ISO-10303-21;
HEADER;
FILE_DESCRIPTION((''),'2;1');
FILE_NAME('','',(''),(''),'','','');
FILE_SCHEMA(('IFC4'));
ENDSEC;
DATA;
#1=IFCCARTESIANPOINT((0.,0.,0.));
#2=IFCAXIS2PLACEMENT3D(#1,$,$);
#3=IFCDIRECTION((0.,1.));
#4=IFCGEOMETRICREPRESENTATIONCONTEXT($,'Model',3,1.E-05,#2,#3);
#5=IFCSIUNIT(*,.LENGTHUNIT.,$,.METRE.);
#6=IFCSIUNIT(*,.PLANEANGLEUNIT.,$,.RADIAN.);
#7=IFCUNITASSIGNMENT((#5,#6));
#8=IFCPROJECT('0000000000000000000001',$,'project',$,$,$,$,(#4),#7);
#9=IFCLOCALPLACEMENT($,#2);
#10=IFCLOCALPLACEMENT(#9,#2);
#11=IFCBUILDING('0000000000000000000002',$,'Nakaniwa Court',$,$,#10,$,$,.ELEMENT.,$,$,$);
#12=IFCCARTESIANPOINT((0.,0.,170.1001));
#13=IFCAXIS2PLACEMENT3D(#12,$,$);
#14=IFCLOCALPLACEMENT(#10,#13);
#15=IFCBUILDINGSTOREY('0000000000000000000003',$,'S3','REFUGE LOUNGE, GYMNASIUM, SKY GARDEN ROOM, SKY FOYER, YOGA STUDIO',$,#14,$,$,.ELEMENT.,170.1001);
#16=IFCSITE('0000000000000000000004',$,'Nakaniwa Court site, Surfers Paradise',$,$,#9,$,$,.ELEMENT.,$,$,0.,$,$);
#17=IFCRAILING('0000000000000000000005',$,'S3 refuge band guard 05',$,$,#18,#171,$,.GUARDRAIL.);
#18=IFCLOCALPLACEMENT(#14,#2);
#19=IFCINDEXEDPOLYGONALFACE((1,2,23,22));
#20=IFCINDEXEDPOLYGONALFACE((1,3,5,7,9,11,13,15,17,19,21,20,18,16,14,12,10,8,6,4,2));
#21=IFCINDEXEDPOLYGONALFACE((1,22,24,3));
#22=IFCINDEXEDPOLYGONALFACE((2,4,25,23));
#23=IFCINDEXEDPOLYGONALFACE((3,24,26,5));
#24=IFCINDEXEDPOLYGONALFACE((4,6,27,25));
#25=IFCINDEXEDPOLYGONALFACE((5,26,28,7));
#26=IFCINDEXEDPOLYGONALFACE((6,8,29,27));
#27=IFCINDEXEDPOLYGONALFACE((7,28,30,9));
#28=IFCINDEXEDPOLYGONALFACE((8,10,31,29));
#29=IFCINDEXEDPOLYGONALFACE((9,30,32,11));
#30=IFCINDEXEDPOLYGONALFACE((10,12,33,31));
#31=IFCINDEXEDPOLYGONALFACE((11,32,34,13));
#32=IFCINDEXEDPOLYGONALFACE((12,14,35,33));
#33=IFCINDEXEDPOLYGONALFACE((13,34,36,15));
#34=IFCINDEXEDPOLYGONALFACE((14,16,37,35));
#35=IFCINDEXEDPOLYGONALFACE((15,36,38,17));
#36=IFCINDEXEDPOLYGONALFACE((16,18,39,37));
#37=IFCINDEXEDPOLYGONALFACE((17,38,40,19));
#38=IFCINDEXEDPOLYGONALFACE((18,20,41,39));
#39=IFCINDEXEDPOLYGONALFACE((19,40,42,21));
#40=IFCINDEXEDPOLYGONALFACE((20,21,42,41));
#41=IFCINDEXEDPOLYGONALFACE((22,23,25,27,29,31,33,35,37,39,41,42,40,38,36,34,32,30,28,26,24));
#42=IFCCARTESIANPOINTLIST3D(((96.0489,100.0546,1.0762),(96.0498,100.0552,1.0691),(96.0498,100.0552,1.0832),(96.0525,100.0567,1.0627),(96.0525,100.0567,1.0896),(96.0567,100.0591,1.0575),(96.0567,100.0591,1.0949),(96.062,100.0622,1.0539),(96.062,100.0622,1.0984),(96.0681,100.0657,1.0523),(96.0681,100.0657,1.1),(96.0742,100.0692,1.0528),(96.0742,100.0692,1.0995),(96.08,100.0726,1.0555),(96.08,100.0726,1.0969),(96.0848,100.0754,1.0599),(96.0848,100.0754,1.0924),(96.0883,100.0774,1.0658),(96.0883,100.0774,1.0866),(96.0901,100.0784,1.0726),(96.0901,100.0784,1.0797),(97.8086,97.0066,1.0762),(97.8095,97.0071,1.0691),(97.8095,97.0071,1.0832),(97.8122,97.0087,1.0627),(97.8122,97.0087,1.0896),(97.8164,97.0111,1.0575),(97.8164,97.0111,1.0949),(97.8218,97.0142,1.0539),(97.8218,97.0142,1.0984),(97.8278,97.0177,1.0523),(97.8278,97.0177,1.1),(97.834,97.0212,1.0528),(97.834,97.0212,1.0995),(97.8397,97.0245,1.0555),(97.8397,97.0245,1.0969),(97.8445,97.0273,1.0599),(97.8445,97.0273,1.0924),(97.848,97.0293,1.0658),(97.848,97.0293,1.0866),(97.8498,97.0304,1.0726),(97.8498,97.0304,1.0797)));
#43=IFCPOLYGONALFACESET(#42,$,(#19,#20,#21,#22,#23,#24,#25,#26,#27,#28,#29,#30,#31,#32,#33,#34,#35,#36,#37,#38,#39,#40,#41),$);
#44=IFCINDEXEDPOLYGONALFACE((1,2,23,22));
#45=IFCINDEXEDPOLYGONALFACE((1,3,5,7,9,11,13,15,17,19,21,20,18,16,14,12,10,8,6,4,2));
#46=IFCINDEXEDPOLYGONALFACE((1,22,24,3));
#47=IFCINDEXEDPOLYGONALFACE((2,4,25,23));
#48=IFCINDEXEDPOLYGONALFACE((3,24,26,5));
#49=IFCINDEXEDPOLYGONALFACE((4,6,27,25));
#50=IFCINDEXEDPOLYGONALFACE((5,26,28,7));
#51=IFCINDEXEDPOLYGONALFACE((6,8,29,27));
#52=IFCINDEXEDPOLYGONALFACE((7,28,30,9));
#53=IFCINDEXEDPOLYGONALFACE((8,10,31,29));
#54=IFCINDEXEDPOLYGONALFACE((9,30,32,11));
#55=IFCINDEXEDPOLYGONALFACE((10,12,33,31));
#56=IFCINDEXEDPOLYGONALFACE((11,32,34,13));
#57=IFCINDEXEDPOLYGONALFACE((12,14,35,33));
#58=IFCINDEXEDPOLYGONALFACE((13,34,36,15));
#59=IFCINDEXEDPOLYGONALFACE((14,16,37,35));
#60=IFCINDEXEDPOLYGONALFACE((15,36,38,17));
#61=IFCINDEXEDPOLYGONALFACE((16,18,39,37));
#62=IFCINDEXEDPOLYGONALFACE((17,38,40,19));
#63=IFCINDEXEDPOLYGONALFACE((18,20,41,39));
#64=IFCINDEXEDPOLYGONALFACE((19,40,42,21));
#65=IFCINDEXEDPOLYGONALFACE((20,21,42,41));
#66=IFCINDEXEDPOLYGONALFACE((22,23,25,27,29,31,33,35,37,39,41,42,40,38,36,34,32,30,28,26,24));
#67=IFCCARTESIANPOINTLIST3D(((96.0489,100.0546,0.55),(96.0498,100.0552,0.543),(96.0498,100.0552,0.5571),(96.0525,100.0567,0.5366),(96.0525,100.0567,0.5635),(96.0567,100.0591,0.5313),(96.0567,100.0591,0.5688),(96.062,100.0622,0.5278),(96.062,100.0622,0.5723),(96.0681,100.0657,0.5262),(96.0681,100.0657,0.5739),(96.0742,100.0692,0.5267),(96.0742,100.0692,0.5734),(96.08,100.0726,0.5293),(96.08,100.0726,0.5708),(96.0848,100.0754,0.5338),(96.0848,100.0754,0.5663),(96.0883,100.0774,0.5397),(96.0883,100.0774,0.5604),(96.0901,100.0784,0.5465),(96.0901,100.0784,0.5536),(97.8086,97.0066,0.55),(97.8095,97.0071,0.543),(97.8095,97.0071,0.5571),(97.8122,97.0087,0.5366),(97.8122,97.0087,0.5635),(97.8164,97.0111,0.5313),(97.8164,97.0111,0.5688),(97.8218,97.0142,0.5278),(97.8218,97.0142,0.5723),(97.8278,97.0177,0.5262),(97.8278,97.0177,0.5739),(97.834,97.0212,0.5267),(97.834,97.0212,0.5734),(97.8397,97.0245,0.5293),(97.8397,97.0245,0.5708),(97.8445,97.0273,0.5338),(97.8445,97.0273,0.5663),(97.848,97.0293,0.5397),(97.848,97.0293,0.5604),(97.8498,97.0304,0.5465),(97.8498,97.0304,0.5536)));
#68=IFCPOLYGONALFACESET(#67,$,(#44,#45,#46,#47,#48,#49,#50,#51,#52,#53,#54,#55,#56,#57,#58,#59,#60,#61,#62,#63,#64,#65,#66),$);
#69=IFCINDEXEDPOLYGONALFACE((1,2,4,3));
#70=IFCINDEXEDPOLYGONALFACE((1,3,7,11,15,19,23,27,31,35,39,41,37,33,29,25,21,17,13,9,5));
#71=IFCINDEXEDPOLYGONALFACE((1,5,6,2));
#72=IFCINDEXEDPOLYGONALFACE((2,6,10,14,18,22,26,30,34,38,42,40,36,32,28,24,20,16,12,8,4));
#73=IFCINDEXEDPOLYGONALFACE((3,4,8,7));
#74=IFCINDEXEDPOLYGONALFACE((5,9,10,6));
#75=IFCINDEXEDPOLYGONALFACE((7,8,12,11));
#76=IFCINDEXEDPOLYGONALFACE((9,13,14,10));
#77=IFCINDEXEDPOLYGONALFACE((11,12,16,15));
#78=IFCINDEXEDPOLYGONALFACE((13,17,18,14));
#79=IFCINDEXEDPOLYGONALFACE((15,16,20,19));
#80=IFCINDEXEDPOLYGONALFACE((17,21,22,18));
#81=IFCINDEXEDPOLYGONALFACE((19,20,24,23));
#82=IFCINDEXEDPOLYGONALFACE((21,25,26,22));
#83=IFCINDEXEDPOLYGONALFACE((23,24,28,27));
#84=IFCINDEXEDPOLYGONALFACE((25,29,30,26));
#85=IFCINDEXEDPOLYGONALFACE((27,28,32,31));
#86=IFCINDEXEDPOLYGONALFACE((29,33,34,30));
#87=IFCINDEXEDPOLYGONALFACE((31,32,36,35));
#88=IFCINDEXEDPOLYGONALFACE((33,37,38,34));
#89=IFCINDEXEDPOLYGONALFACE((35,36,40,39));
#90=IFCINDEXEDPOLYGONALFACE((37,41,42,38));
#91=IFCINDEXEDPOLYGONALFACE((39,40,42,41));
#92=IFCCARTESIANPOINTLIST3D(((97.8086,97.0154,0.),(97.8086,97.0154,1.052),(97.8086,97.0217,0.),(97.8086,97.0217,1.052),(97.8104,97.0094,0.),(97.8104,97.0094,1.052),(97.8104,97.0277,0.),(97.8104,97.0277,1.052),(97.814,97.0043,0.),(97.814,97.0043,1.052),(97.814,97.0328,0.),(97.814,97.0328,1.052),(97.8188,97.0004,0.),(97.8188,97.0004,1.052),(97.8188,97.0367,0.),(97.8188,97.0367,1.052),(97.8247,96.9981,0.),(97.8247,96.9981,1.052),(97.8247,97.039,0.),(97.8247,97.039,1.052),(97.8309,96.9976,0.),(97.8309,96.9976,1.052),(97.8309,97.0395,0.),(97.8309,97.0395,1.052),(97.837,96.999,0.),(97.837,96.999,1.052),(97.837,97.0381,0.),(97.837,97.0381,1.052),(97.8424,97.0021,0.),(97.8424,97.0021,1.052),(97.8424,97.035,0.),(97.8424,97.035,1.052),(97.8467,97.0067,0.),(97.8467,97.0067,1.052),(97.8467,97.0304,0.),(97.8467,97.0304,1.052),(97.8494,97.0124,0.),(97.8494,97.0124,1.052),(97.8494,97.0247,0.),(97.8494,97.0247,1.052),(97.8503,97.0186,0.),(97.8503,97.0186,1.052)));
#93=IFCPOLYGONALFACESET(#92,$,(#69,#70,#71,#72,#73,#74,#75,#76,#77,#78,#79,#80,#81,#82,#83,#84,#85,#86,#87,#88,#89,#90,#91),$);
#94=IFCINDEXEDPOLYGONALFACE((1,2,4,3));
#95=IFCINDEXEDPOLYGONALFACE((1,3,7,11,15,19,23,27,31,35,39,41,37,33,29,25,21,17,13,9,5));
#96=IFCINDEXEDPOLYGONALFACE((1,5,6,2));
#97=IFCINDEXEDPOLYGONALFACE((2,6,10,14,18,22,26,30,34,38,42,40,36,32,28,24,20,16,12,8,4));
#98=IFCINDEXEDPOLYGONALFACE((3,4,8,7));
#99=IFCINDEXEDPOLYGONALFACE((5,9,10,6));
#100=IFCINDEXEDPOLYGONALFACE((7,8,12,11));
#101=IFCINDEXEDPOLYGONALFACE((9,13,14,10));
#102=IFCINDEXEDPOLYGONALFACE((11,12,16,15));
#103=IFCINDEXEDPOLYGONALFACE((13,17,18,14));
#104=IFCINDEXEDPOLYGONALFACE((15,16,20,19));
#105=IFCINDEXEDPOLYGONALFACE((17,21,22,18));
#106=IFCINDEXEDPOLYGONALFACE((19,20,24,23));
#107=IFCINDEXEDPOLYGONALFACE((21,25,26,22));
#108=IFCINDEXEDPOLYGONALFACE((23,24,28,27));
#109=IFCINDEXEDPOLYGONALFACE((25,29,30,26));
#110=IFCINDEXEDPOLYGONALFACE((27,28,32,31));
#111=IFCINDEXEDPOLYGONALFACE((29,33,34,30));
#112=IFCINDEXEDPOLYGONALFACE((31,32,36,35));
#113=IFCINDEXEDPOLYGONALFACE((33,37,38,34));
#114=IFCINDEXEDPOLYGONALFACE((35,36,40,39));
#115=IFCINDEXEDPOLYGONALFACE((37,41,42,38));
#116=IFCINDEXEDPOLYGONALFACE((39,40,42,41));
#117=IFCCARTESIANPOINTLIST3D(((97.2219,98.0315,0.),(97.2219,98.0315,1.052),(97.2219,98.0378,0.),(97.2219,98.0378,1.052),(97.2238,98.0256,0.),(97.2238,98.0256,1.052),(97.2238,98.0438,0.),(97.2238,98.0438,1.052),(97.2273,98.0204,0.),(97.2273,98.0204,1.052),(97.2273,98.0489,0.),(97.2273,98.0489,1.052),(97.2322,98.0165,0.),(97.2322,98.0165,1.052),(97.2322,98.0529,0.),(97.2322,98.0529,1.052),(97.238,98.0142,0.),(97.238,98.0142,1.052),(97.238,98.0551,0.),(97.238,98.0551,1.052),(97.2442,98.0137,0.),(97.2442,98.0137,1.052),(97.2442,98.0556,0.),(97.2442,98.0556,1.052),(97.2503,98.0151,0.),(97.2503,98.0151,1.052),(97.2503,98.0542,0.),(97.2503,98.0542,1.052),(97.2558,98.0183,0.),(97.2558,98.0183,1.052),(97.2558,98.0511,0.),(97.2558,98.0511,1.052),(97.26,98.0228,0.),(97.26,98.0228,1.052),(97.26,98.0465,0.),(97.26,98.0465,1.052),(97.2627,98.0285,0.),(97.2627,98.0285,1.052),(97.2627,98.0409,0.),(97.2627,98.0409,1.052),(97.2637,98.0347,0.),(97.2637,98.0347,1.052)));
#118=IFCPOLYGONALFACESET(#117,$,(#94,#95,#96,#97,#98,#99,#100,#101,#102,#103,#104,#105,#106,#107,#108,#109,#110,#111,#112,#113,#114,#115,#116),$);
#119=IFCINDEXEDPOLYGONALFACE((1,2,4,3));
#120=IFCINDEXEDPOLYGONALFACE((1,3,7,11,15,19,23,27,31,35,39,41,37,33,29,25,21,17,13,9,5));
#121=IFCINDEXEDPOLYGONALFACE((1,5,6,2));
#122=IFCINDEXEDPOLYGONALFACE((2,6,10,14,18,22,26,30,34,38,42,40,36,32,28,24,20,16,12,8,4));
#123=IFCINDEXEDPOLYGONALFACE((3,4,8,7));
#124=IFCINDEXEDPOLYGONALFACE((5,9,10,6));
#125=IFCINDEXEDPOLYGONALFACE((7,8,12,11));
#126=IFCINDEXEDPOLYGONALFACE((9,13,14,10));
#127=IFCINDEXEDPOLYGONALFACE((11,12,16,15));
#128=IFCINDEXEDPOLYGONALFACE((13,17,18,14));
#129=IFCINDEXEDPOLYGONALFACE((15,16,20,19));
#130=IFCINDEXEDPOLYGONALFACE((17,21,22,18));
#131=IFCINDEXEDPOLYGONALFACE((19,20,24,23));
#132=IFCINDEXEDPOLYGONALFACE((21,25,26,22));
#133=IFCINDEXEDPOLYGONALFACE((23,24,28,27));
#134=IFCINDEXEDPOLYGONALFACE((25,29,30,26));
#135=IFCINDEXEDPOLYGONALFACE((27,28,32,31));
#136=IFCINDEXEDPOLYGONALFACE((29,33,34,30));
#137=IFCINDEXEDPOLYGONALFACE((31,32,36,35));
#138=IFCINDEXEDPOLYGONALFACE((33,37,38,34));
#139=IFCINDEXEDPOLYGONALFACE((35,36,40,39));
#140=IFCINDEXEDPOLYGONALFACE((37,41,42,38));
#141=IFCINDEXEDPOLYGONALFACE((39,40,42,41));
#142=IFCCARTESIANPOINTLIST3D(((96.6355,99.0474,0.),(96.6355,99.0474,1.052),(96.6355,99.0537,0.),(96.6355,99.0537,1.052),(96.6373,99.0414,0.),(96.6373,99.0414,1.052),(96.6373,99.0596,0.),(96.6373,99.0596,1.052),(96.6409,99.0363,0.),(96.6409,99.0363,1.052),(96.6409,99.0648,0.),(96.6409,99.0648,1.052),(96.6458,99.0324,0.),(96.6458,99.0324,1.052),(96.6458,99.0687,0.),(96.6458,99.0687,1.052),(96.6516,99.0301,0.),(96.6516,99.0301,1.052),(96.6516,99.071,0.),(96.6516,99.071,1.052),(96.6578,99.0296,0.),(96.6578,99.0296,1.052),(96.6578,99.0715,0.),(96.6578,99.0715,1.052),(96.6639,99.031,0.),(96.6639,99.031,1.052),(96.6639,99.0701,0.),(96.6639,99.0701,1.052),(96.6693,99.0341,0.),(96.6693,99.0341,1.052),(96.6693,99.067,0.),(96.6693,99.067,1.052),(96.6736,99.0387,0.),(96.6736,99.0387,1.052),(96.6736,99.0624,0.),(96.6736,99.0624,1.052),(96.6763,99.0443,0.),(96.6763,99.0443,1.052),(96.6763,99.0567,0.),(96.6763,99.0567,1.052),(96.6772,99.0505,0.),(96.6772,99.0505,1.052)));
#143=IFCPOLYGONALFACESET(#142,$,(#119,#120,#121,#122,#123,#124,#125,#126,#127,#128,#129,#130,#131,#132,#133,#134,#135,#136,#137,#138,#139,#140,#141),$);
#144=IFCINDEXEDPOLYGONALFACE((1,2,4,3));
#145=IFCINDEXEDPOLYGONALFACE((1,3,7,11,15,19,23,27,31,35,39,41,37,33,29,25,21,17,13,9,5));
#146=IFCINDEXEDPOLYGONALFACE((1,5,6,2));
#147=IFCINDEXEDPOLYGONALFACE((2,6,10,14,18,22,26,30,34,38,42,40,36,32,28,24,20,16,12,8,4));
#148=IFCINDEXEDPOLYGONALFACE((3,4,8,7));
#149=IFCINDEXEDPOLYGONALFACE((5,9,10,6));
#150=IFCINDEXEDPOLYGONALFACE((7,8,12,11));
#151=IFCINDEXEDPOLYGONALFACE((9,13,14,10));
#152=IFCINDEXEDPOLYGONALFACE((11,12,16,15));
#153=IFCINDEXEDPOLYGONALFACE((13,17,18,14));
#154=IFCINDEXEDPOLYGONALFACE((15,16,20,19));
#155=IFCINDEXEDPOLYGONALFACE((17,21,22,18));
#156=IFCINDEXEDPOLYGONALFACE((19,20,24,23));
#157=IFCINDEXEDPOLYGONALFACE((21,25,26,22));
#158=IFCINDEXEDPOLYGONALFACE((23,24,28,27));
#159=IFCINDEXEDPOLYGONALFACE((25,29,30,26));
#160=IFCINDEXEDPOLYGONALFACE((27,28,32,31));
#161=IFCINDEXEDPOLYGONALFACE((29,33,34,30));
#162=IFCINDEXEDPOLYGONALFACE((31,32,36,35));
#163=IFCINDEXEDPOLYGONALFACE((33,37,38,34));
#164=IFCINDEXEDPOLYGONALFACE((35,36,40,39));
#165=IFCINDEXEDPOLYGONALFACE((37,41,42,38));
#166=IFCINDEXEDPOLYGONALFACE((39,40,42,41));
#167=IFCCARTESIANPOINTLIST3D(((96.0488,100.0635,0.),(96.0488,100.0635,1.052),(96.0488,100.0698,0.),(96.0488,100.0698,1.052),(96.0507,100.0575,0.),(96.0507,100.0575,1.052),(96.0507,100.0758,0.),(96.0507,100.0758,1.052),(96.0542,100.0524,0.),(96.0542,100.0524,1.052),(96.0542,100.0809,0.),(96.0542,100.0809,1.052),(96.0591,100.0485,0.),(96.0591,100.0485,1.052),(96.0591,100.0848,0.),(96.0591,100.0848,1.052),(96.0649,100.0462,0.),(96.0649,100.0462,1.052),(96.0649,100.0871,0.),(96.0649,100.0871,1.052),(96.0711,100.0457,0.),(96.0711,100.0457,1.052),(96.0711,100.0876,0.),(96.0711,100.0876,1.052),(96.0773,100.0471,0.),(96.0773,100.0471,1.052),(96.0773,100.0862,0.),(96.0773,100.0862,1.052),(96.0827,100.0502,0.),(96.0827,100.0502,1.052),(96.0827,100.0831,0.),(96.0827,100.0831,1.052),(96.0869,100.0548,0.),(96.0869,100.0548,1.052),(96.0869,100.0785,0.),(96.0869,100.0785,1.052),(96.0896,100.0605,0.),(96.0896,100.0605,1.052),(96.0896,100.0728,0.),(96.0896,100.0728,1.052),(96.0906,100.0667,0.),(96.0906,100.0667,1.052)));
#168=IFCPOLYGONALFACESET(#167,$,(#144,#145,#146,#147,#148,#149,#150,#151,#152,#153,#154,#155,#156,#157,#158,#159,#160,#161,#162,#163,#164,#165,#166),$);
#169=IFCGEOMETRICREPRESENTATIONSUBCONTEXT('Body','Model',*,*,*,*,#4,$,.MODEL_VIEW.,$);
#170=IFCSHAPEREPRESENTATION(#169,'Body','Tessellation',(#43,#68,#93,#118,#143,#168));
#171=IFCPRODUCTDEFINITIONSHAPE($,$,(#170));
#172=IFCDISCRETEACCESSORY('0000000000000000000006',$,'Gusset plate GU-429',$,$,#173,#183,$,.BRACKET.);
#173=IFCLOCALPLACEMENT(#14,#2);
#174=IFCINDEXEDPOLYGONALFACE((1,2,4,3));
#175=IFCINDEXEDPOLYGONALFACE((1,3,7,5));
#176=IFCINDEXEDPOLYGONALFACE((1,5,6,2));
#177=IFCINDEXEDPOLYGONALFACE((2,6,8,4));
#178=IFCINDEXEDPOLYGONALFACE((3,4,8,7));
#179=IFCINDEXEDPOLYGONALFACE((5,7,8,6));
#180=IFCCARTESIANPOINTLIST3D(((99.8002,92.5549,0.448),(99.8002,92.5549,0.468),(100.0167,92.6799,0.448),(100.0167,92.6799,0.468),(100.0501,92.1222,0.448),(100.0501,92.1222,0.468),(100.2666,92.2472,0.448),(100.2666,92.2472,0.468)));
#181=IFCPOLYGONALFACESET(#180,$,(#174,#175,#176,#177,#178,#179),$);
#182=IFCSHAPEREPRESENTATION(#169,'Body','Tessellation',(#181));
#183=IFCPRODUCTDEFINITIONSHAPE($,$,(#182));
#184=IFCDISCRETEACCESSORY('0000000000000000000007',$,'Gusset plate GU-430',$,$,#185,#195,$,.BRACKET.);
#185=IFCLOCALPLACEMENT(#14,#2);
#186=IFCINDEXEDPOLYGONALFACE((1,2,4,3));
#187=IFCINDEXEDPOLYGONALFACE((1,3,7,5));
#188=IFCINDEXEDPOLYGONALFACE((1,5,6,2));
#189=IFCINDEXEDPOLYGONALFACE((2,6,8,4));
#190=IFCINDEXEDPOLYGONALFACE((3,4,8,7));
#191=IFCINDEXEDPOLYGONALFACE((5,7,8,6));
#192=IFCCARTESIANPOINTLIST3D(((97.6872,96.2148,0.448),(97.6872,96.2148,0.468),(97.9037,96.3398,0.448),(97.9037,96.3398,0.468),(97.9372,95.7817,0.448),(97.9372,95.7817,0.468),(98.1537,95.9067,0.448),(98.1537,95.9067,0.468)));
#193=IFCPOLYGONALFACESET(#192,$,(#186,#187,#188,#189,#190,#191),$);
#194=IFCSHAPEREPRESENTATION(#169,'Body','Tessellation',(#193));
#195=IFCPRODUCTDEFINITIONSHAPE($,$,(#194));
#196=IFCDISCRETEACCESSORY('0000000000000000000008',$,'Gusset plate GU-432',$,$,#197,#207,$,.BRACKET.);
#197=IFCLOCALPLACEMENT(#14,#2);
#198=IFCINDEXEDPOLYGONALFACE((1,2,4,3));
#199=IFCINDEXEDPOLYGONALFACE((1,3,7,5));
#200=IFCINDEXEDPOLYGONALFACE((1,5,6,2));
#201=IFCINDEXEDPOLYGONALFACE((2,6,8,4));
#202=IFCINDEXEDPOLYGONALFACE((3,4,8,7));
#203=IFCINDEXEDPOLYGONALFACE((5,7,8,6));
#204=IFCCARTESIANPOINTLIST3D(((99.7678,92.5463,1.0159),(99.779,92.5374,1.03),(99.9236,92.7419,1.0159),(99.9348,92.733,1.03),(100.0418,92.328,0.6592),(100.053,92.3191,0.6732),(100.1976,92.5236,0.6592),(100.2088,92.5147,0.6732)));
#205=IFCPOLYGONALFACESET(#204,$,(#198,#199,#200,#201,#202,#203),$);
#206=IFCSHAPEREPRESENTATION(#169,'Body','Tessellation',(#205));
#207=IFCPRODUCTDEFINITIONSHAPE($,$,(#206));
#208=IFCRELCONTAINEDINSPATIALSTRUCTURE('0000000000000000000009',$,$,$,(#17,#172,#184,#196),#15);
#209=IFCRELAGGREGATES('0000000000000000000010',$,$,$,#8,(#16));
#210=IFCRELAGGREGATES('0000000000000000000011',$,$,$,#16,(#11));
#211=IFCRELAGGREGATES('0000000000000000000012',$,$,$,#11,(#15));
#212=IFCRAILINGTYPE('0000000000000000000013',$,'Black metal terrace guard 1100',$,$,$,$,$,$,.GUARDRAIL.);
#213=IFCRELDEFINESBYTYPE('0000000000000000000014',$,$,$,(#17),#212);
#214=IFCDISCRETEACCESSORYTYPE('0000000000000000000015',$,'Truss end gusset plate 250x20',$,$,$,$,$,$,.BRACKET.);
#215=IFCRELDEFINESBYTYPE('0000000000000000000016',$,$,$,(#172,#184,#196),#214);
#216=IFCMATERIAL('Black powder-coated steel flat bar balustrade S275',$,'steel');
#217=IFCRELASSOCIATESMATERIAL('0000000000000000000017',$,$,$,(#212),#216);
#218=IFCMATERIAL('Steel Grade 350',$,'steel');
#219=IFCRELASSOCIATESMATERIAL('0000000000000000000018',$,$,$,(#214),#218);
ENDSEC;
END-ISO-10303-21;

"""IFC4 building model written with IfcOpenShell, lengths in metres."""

from ifc_helpers import new_model, si_unit, direction, frame, origin, origin_2d, place, context, subcontext, project, spatial, rectangle, circle, extrude, material, material_profile, profile_set, type_object, element, save


model = new_model("IFC4")

# Units and contexts
model_context = context("Model", 3, precision=1e-05, world=origin(), true_north=direction((0.0, 1.0)))
body_context = subcontext(model_context, "Body", "Model", "MODEL_VIEW")
ifc_project = project(units=[si_unit("LENGTHUNIT", "METRE"), si_unit("PLANEANGLEUNIT", "RADIAN")], contexts=[model_context])

# Site, building, storey
site_placement = place(None, origin())
site = spatial("IfcSite", under=ifc_project, at=site_placement, Name="Nakaniwa Court site, Surfers Paradise", CompositionType="ELEMENT", RefElevation=0.0)
building_placement = place(site_placement, origin())
building = spatial("IfcBuilding", under=site, at=building_placement, Name="Nakaniwa Court", CompositionType="ELEMENT")
storey_placement = place(building_placement, frame((0.0, 0.0, 170.1001)))
storey = spatial("IfcBuildingStorey", under=building, at=storey_placement, Name="S3", Description="REFUGE LOUNGE, GYMNASIUM, SKY GARDEN ROOM, SKY FOYER, YOGA STUDIO", CompositionType="ELEMENT", Elevation=170.1001)

# Shared definitions
ifc_material_1 = material(Name="Steel Grade 350", Category="steel")

# Railing
ifc_material_2 = material(Name="Black powder-coated steel flat bar balustrade S275", Category="steel")
railing_type = type_object("IfcRailingType", Name="Black metal terrace guard 1100", PredefinedType="GUARDRAIL", material=ifc_material_2)
railing_1_placement = place(storey_placement, frame((97.8293, 97.0186, 0.0)))
element("IfcRailing", 1, at=railing_1_placement, inside=storey, type_object=railing_type, Name="S3 refuge band guard 05", PredefinedType="GUARDRAIL", context=body_context, shape_type="SweptSolid", body=[
    extrude(circle(Radius=0.0239, at=origin_2d()), frame((0.0, 0.0, 1.0762), z_axis=(-0.499989, 0.866032, 0.0), x_axis=(-0.866032, -0.499989, 0.0)), (0.0, 0.0, 1.0), 3.5195),
    extrude(circle(Radius=0.0239, at=origin_2d()), frame((0.0, 0.0, 0.55), z_axis=(-0.499989, 0.866032, 0.0), x_axis=(-0.866032, -0.499989, 0.0)), (0.0, 0.0, 1.0), 3.5195),
    extrude(circle(Radius=0.021, at=origin_2d()), origin(), (0.0, 0.0, 1.0), 1.052),
    extrude(circle(Radius=0.021, at=origin_2d()), frame((-0.5867, 1.0161, 0.0)), (0.0, 0.0, 1.0), 1.052),
    extrude(circle(Radius=0.021, at=origin_2d()), frame((-1.1731, 2.032, 0.0)), (0.0, 0.0, 1.0), 1.052),
    extrude(circle(Radius=0.021, at=origin_2d()), frame((-1.7598, 3.0481, 0.0)), (0.0, 0.0, 1.0), 1.052),
])

# Discrete accessories
ifc_material_profile_1 = material_profile(ifc_material_1, rectangle(XDim=0.25, YDim=0.02, at=origin_2d()), Name="Truss end gusset plate 250x20")
ifc_profile_set_1 = profile_set([ifc_material_profile_1], Name="Steel Grade 350")
discrete_accessory_type = type_object("IfcDiscreteAccessoryType", Name="Truss end gusset plate 250x20", PredefinedType="BRACKET", material=ifc_profile_set_1)
discrete_accessory_1_placement = place(storey_placement, frame((99.9084, 92.6174, 0.458), z_axis=(0.500131, -0.86595, 0.0), x_axis=(0.86595, 0.500131, 0.0)))
element("IfcDiscreteAccessory", 2, at=discrete_accessory_1_placement, inside=storey, type_object=discrete_accessory_type, Name="Gusset plate GU-429", PredefinedType="BRACKET", context=body_context, shape_type="SweptSolid", body=[
    extrude(rectangle(XDim=0.25, YDim=0.02, at=origin_2d()), origin(), (0.0, 0.0, 1.0), 0.4998),
])
for number, where, z_axis, x_axis, name in (
    (3, (98.0454, 95.8442, 0.458), (-0.49992, 0.866072, 0.0), (-0.866072, -0.49992, 0.0), "Gusset plate GU-430"),
    (4, (99.8513, 92.6396, 1.0229), (0.54796, -0.43661, -0.71352), (0.623164, 0.782091, 0.0), "Gusset plate GU-432"),
):
    element("IfcDiscreteAccessory", number, at=place(storey_placement, frame(where, z_axis=z_axis, x_axis=x_axis)), inside=storey, type_object=discrete_accessory_type, Name=name, PredefinedType="BRACKET", context=body_context, shape_type="SweptSolid", body=[
        extrude(rectangle(XDim=0.25, YDim=0.02, at=origin_2d()), origin(), (0.0, 0.0, 1.0), 0.5),
    ])

save(model, "model.ifc")
